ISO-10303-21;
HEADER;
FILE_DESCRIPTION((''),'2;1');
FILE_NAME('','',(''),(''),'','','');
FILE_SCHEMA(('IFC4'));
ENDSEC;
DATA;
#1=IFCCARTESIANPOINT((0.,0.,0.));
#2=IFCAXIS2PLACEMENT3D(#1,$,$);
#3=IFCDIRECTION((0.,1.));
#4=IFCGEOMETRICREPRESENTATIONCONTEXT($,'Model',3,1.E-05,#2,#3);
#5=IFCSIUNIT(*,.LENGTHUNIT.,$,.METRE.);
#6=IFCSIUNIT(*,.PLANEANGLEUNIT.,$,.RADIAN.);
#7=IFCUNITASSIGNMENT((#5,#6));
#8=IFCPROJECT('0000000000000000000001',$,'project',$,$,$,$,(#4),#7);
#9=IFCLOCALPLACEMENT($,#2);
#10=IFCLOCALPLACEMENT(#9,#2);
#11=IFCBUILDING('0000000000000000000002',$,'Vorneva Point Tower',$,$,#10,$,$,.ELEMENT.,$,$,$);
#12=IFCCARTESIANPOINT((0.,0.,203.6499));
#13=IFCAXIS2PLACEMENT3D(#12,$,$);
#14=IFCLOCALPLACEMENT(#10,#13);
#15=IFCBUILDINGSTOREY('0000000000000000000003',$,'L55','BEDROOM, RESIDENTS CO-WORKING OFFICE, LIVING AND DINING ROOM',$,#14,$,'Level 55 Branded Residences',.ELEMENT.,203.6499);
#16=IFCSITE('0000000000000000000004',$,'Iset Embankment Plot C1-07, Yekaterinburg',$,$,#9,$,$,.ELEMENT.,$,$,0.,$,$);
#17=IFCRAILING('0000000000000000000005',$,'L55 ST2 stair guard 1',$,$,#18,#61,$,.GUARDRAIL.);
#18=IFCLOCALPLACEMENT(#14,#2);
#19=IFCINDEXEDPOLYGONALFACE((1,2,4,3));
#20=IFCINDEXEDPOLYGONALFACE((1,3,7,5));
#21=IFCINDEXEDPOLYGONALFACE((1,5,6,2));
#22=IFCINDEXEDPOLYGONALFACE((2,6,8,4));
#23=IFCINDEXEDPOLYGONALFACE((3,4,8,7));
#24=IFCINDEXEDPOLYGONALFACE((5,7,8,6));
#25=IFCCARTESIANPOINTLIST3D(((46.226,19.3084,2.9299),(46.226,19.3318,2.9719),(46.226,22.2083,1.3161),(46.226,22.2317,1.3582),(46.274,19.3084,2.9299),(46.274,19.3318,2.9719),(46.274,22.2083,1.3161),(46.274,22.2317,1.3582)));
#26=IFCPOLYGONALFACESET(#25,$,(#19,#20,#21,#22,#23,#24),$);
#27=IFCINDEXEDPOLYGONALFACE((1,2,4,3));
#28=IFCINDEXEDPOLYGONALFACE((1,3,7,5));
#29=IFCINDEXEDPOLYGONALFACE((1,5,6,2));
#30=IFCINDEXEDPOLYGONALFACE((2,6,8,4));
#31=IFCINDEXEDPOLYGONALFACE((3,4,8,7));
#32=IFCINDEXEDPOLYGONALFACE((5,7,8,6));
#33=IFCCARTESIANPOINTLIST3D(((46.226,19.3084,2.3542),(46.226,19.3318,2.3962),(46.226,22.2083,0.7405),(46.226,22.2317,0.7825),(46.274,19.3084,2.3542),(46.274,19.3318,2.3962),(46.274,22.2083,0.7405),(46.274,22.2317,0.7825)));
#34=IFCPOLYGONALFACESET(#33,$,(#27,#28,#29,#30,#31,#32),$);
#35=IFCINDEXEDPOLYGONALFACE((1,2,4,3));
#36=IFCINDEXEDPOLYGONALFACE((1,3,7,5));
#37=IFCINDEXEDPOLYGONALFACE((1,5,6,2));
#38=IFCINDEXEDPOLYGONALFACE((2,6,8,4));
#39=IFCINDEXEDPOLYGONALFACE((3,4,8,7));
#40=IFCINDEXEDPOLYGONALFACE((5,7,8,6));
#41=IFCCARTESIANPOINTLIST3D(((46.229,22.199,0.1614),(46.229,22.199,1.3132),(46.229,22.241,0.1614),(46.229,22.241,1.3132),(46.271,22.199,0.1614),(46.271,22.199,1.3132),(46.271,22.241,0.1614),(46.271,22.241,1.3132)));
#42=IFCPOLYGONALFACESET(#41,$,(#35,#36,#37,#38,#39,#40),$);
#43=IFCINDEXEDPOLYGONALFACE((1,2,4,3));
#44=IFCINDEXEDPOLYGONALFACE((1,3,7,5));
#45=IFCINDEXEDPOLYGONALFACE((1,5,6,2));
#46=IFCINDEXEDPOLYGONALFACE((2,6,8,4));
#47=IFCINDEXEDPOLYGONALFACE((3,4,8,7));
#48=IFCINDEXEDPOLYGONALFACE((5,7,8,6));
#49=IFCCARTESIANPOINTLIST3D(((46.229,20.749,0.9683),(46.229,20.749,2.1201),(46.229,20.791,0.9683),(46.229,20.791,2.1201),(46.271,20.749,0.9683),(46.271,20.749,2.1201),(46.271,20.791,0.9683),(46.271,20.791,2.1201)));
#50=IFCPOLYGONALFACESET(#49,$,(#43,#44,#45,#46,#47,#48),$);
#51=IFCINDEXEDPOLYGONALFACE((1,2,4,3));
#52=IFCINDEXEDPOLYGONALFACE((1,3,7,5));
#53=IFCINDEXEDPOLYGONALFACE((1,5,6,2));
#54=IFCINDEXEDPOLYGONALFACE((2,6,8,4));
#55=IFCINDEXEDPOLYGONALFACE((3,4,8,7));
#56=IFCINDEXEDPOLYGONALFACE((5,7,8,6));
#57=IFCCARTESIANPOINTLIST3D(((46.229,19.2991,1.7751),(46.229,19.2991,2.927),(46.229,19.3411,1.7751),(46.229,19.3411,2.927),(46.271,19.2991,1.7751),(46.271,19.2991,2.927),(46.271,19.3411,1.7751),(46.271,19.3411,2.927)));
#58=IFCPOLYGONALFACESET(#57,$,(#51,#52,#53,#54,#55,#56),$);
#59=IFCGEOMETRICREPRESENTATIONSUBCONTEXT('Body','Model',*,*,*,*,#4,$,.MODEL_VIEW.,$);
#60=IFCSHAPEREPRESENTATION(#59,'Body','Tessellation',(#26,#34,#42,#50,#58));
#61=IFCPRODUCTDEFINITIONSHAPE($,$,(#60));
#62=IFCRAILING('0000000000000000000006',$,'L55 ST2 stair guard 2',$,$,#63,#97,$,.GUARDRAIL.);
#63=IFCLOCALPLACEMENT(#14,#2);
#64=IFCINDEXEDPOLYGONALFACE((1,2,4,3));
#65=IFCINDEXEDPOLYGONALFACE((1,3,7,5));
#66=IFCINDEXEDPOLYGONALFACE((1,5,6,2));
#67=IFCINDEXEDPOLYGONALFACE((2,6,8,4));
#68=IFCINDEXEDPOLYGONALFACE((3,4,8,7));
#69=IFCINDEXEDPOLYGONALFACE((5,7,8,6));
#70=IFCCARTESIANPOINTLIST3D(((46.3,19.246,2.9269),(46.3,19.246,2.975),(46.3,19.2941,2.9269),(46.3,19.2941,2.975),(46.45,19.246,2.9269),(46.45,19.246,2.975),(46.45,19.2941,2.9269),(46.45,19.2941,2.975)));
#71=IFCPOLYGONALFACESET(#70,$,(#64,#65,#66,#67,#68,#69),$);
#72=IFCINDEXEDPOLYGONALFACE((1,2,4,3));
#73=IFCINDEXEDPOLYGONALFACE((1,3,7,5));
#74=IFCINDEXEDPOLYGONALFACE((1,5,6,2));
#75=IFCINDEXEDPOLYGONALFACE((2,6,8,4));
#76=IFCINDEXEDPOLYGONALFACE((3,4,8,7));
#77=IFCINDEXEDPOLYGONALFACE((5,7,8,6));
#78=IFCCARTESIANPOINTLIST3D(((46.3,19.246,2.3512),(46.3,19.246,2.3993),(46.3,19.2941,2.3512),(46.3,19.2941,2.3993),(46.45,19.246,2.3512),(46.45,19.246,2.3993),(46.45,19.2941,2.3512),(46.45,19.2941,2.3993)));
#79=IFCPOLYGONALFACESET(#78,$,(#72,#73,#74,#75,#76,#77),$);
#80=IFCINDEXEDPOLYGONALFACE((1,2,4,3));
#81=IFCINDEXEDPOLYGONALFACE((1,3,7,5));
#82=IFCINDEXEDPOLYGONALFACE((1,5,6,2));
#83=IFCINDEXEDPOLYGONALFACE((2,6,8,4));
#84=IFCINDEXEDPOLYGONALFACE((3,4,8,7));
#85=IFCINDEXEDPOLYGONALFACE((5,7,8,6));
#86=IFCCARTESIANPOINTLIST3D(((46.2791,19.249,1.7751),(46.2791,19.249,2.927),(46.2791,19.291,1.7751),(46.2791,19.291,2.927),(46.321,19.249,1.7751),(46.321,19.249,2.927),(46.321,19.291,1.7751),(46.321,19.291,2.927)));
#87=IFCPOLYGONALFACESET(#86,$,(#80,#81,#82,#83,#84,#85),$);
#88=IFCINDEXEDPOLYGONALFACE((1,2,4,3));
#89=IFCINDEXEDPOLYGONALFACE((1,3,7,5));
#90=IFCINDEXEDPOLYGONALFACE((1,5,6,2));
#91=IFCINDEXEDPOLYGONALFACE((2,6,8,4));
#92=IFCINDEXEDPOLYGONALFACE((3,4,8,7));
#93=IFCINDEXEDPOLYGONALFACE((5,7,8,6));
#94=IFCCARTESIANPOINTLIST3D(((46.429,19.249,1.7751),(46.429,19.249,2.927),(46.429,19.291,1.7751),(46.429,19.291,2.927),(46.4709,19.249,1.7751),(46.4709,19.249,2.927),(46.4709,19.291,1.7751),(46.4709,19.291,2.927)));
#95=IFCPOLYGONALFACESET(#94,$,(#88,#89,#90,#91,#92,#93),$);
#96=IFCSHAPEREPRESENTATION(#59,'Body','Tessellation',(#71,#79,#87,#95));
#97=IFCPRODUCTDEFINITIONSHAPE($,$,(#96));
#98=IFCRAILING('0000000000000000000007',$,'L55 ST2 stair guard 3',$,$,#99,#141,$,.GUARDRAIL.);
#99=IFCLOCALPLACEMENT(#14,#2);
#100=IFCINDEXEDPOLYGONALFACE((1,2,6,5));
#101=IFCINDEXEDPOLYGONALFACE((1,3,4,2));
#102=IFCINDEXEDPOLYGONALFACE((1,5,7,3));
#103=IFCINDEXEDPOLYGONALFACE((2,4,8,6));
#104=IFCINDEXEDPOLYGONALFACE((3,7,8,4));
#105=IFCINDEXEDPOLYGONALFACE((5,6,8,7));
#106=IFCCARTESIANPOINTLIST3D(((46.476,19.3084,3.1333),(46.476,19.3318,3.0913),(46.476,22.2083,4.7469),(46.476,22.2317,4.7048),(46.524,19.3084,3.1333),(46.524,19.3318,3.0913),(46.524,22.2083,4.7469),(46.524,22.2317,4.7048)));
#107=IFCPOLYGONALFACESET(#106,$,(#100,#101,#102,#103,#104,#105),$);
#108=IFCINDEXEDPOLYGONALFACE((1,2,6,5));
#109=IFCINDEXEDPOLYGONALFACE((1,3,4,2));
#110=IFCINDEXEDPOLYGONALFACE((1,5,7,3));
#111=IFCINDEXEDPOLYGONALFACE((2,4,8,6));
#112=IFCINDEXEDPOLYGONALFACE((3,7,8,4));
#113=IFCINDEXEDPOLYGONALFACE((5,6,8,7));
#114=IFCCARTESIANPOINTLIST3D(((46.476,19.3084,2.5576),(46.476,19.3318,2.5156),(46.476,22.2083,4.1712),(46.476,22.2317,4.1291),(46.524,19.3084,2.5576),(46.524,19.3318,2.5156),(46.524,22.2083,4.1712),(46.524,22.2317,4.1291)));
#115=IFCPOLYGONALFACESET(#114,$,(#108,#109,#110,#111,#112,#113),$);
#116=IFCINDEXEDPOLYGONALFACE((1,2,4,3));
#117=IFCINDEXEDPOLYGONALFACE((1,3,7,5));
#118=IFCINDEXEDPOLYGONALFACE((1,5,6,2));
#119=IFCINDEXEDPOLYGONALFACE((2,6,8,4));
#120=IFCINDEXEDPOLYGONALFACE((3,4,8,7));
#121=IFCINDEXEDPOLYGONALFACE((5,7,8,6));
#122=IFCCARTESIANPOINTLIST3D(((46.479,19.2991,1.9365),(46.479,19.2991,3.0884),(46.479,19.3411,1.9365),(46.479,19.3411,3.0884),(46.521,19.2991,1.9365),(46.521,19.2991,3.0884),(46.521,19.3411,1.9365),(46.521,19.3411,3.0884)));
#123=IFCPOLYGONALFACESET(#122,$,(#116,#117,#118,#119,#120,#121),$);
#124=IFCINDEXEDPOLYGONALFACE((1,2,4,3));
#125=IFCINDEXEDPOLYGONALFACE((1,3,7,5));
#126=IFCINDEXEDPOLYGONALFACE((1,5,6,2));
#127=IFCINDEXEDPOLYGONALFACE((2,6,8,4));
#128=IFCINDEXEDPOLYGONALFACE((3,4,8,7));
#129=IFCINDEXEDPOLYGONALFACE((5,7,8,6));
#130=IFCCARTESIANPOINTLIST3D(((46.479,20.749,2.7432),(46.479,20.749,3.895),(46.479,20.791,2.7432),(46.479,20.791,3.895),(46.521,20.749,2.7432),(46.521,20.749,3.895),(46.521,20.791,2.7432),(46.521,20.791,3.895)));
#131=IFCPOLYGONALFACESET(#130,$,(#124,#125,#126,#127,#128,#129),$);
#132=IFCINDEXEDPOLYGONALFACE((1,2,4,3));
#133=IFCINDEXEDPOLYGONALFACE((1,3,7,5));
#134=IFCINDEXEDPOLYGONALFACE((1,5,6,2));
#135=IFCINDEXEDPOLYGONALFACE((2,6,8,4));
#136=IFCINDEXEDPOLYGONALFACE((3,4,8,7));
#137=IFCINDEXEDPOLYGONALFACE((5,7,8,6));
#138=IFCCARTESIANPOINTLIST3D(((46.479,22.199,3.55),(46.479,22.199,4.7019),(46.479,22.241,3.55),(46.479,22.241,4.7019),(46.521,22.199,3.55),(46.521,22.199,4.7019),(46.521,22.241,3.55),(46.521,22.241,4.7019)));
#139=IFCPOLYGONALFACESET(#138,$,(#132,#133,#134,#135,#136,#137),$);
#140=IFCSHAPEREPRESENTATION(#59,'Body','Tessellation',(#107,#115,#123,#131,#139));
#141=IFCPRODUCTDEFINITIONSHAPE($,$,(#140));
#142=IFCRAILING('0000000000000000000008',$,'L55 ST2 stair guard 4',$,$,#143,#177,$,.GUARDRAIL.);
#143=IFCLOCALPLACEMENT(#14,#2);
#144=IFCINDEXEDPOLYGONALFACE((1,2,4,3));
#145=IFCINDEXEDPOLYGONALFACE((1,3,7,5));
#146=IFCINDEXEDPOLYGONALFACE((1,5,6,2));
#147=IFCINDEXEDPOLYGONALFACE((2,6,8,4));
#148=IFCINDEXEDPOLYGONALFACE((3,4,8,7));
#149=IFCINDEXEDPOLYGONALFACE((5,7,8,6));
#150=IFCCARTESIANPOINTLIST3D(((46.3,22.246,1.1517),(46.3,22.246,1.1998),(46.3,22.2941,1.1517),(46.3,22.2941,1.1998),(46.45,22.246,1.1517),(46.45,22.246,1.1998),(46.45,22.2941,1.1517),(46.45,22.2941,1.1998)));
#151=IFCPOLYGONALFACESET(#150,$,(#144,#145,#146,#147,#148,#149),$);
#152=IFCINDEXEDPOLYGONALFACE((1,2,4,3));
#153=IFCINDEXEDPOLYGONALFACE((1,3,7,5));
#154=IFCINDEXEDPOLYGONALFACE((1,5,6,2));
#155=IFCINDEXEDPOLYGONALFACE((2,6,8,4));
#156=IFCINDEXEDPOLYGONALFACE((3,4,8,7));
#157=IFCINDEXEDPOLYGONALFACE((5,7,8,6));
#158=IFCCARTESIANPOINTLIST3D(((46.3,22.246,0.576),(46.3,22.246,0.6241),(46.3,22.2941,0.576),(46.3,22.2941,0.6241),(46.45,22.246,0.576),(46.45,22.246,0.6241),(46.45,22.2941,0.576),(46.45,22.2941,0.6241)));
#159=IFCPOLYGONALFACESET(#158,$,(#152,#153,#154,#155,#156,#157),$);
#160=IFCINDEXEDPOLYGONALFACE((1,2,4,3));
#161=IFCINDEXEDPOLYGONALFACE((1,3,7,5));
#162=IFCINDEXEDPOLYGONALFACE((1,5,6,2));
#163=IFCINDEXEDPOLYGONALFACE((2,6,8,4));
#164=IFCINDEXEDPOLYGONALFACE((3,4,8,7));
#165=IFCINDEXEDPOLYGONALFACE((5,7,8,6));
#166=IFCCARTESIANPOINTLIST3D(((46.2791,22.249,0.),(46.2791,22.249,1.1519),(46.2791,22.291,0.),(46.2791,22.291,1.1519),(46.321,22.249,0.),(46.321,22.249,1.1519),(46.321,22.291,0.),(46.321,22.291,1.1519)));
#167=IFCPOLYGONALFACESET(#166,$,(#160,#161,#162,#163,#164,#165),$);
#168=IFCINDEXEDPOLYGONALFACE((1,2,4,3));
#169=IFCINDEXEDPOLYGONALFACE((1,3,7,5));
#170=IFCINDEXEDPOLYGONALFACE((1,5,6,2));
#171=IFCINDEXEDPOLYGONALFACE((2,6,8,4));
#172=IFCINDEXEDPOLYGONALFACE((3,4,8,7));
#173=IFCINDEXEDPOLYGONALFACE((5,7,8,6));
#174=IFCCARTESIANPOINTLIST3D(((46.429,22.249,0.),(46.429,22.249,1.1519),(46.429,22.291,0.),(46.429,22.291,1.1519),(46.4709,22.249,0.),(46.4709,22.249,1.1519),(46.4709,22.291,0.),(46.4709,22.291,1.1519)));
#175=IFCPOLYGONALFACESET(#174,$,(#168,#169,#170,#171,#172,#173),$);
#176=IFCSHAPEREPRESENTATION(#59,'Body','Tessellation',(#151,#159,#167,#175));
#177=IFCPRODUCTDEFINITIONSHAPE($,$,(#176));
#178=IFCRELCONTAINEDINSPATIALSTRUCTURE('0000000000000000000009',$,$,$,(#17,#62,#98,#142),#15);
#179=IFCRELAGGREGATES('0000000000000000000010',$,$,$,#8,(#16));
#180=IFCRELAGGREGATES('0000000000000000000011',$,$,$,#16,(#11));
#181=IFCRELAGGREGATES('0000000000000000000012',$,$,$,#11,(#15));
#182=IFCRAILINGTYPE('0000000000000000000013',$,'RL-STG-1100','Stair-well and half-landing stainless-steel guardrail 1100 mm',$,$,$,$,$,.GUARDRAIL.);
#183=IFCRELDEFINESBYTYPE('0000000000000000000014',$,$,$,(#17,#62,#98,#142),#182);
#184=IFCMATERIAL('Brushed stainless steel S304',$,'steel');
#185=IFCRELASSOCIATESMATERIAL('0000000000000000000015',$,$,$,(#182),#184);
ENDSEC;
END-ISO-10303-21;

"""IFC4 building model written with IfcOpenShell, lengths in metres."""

from ifc_helpers import new_model, si_unit, direction, frame, origin, origin_2d, place, context, subcontext, project, spatial, rectangle, extrude, material, type_object, element, save


model = new_model("IFC4")

# Units and contexts
model_context = context("Model", 3, precision=1e-05, world=origin(), true_north=direction((0.0, 1.0)))
body_context = subcontext(model_context, "Body", "Model", "MODEL_VIEW")
ifc_project = project(units=[si_unit("LENGTHUNIT", "METRE"), si_unit("PLANEANGLEUNIT", "RADIAN")], contexts=[model_context])

# Site, building, storey
site_placement = place(None, origin())
site = spatial("IfcSite", under=ifc_project, at=site_placement, Name="Iset Embankment Plot C1-07, Yekaterinburg", CompositionType="ELEMENT", RefElevation=0.0)
building_placement = place(site_placement, origin())
building = spatial("IfcBuilding", under=site, at=building_placement, Name="Vorneva Point Tower", CompositionType="ELEMENT")
storey_placement = place(building_placement, frame((0.0, 0.0, 203.6499)))
storey = spatial("IfcBuildingStorey", under=building, at=storey_placement, Name="L55", Description="BEDROOM, RESIDENTS CO-WORKING OFFICE, LIVING AND DINING ROOM", LongName="Level 55 Branded Residences", CompositionType="ELEMENT", Elevation=203.6499)

# Railings
ifc_material_1 = material(Name="Brushed stainless steel S304", Category="steel")
railing_type_1 = type_object("IfcRailingType", Name="RL-STG-1100", Description="Stair-well and half-landing stainless-steel guardrail 1100 mm", PredefinedType="GUARDRAIL", material=ifc_material_1)
railing_1_placement = place(storey_placement, frame((46.25, 22.22, 0.1614)))
element("IfcRailing", 1, at=railing_1_placement, inside=storey, type_object=railing_type_1, Name="L55 ST2 stair guard 1", PredefinedType="GUARDRAIL", context=body_context, shape_type="SweptSolid", body=[
    extrude(rectangle(XDim=0.0481, YDim=0.0481, at=origin_2d()), frame((0.0, 0.0, 1.1758), z_axis=(0.0, -0.87381, 0.486267), x_axis=(1.0, 0.0, 0.0)), (0.0, 0.0, 1.0), 3.3186),
    extrude(rectangle(XDim=0.0481, YDim=0.0481, at=origin_2d()), frame((0.0, 0.0, 0.6001), z_axis=(0.0, -0.87381, 0.486267), x_axis=(1.0, 0.0, 0.0)), (0.0, 0.0, 1.0), 3.3186),
    extrude(rectangle(XDim=0.042, YDim=0.042, at=origin_2d()), origin(), (0.0, 0.0, 1.0), 1.1519),
    extrude(rectangle(XDim=0.042, YDim=0.042, at=origin_2d()), frame((0.0, -1.45, 0.8069)), (0.0, 0.0, 1.0), 1.1519),
    extrude(rectangle(XDim=0.042, YDim=0.042, at=origin_2d()), frame((0.0, -2.8999, 1.6138)), (0.0, 0.0, 1.0), 1.1519),
])
railing_2_placement = place(storey_placement, frame((46.3, 19.27, 1.7751)))
element("IfcRailing", 2, at=railing_2_placement, inside=storey, type_object=railing_type_1, Name="L55 ST2 stair guard 2", PredefinedType="GUARDRAIL", context=body_context, shape_type="SweptSolid", body=[
    extrude(rectangle(XDim=0.0481, YDim=0.0481, at=origin_2d()), frame((0.0, 0.0, 1.1758), z_axis=(1.0, 0.0, 0.0), x_axis=(0.0, 1.0, 0.0)), (0.0, 0.0, 1.0), 0.1499),
    extrude(rectangle(XDim=0.0481, YDim=0.0481, at=origin_2d()), frame((0.0, 0.0, 0.6001), z_axis=(1.0, 0.0, 0.0), x_axis=(0.0, 1.0, 0.0)), (0.0, 0.0, 1.0), 0.1499),
    extrude(rectangle(XDim=0.042, YDim=0.042, at=origin_2d()), origin(), (0.0, 0.0, 1.0), 1.1519),
    extrude(rectangle(XDim=0.042, YDim=0.042, at=origin_2d()), frame((0.1499, 0.0, 0.0)), (0.0, 0.0, 1.0), 1.1519),
])
railing_3_placement = place(storey_placement, frame((46.5, 19.3201, 1.9365)))
element("IfcRailing", 3, at=railing_3_placement, inside=storey, type_object=railing_type_1, Name="L55 ST2 stair guard 3", PredefinedType="GUARDRAIL", context=body_context, shape_type="SweptSolid", body=[
    extrude(rectangle(XDim=0.0481, YDim=0.0481, at=origin_2d()), frame((0.0, 0.0, 1.1758), z_axis=(0.0, 0.873841, 0.486211), x_axis=(-1.0, 0.0, 0.0)), (0.0, 0.0, 1.0), 3.3186),
    extrude(rectangle(XDim=0.0481, YDim=0.0481, at=origin_2d()), frame((0.0, 0.0, 0.6001), z_axis=(0.0, 0.873841, 0.486211), x_axis=(-1.0, 0.0, 0.0)), (0.0, 0.0, 1.0), 3.3186),
    extrude(rectangle(XDim=0.042, YDim=0.042, at=origin_2d()), origin(), (0.0, 0.0, 1.0), 1.1519),
    extrude(rectangle(XDim=0.042, YDim=0.042, at=origin_2d()), frame((0.0, 1.45, 0.8066)), (0.0, 0.0, 1.0), 1.1519),
    extrude(rectangle(XDim=0.042, YDim=0.042, at=origin_2d()), frame((0.0, 2.8999, 1.6135)), (0.0, 0.0, 1.0), 1.1519),
])
railing_4_placement = place(storey_placement, frame((46.3, 22.27, 0.0)))
element("IfcRailing", 4, at=railing_4_placement, inside=storey, type_object=railing_type_1, Name="L55 ST2 stair guard 4", PredefinedType="GUARDRAIL", context=body_context, shape_type="SweptSolid", body=[
    extrude(rectangle(XDim=0.0481, YDim=0.0481, at=origin_2d()), frame((0.0, 0.0, 1.1758), z_axis=(1.0, 0.0, 0.0), x_axis=(0.0, 1.0, 0.0)), (0.0, 0.0, 1.0), 0.1499),
    extrude(rectangle(XDim=0.0481, YDim=0.0481, at=origin_2d()), frame((0.0, 0.0, 0.6001), z_axis=(1.0, 0.0, 0.0), x_axis=(0.0, 1.0, 0.0)), (0.0, 0.0, 1.0), 0.1499),
    extrude(rectangle(XDim=0.042, YDim=0.042, at=origin_2d()), origin(), (0.0, 0.0, 1.0), 1.1519),
    extrude(rectangle(XDim=0.042, YDim=0.042, at=origin_2d()), frame((0.1499, 0.0, 0.0)), (0.0, 0.0, 1.0), 1.1519),
])

save(model, "model.ifc")
